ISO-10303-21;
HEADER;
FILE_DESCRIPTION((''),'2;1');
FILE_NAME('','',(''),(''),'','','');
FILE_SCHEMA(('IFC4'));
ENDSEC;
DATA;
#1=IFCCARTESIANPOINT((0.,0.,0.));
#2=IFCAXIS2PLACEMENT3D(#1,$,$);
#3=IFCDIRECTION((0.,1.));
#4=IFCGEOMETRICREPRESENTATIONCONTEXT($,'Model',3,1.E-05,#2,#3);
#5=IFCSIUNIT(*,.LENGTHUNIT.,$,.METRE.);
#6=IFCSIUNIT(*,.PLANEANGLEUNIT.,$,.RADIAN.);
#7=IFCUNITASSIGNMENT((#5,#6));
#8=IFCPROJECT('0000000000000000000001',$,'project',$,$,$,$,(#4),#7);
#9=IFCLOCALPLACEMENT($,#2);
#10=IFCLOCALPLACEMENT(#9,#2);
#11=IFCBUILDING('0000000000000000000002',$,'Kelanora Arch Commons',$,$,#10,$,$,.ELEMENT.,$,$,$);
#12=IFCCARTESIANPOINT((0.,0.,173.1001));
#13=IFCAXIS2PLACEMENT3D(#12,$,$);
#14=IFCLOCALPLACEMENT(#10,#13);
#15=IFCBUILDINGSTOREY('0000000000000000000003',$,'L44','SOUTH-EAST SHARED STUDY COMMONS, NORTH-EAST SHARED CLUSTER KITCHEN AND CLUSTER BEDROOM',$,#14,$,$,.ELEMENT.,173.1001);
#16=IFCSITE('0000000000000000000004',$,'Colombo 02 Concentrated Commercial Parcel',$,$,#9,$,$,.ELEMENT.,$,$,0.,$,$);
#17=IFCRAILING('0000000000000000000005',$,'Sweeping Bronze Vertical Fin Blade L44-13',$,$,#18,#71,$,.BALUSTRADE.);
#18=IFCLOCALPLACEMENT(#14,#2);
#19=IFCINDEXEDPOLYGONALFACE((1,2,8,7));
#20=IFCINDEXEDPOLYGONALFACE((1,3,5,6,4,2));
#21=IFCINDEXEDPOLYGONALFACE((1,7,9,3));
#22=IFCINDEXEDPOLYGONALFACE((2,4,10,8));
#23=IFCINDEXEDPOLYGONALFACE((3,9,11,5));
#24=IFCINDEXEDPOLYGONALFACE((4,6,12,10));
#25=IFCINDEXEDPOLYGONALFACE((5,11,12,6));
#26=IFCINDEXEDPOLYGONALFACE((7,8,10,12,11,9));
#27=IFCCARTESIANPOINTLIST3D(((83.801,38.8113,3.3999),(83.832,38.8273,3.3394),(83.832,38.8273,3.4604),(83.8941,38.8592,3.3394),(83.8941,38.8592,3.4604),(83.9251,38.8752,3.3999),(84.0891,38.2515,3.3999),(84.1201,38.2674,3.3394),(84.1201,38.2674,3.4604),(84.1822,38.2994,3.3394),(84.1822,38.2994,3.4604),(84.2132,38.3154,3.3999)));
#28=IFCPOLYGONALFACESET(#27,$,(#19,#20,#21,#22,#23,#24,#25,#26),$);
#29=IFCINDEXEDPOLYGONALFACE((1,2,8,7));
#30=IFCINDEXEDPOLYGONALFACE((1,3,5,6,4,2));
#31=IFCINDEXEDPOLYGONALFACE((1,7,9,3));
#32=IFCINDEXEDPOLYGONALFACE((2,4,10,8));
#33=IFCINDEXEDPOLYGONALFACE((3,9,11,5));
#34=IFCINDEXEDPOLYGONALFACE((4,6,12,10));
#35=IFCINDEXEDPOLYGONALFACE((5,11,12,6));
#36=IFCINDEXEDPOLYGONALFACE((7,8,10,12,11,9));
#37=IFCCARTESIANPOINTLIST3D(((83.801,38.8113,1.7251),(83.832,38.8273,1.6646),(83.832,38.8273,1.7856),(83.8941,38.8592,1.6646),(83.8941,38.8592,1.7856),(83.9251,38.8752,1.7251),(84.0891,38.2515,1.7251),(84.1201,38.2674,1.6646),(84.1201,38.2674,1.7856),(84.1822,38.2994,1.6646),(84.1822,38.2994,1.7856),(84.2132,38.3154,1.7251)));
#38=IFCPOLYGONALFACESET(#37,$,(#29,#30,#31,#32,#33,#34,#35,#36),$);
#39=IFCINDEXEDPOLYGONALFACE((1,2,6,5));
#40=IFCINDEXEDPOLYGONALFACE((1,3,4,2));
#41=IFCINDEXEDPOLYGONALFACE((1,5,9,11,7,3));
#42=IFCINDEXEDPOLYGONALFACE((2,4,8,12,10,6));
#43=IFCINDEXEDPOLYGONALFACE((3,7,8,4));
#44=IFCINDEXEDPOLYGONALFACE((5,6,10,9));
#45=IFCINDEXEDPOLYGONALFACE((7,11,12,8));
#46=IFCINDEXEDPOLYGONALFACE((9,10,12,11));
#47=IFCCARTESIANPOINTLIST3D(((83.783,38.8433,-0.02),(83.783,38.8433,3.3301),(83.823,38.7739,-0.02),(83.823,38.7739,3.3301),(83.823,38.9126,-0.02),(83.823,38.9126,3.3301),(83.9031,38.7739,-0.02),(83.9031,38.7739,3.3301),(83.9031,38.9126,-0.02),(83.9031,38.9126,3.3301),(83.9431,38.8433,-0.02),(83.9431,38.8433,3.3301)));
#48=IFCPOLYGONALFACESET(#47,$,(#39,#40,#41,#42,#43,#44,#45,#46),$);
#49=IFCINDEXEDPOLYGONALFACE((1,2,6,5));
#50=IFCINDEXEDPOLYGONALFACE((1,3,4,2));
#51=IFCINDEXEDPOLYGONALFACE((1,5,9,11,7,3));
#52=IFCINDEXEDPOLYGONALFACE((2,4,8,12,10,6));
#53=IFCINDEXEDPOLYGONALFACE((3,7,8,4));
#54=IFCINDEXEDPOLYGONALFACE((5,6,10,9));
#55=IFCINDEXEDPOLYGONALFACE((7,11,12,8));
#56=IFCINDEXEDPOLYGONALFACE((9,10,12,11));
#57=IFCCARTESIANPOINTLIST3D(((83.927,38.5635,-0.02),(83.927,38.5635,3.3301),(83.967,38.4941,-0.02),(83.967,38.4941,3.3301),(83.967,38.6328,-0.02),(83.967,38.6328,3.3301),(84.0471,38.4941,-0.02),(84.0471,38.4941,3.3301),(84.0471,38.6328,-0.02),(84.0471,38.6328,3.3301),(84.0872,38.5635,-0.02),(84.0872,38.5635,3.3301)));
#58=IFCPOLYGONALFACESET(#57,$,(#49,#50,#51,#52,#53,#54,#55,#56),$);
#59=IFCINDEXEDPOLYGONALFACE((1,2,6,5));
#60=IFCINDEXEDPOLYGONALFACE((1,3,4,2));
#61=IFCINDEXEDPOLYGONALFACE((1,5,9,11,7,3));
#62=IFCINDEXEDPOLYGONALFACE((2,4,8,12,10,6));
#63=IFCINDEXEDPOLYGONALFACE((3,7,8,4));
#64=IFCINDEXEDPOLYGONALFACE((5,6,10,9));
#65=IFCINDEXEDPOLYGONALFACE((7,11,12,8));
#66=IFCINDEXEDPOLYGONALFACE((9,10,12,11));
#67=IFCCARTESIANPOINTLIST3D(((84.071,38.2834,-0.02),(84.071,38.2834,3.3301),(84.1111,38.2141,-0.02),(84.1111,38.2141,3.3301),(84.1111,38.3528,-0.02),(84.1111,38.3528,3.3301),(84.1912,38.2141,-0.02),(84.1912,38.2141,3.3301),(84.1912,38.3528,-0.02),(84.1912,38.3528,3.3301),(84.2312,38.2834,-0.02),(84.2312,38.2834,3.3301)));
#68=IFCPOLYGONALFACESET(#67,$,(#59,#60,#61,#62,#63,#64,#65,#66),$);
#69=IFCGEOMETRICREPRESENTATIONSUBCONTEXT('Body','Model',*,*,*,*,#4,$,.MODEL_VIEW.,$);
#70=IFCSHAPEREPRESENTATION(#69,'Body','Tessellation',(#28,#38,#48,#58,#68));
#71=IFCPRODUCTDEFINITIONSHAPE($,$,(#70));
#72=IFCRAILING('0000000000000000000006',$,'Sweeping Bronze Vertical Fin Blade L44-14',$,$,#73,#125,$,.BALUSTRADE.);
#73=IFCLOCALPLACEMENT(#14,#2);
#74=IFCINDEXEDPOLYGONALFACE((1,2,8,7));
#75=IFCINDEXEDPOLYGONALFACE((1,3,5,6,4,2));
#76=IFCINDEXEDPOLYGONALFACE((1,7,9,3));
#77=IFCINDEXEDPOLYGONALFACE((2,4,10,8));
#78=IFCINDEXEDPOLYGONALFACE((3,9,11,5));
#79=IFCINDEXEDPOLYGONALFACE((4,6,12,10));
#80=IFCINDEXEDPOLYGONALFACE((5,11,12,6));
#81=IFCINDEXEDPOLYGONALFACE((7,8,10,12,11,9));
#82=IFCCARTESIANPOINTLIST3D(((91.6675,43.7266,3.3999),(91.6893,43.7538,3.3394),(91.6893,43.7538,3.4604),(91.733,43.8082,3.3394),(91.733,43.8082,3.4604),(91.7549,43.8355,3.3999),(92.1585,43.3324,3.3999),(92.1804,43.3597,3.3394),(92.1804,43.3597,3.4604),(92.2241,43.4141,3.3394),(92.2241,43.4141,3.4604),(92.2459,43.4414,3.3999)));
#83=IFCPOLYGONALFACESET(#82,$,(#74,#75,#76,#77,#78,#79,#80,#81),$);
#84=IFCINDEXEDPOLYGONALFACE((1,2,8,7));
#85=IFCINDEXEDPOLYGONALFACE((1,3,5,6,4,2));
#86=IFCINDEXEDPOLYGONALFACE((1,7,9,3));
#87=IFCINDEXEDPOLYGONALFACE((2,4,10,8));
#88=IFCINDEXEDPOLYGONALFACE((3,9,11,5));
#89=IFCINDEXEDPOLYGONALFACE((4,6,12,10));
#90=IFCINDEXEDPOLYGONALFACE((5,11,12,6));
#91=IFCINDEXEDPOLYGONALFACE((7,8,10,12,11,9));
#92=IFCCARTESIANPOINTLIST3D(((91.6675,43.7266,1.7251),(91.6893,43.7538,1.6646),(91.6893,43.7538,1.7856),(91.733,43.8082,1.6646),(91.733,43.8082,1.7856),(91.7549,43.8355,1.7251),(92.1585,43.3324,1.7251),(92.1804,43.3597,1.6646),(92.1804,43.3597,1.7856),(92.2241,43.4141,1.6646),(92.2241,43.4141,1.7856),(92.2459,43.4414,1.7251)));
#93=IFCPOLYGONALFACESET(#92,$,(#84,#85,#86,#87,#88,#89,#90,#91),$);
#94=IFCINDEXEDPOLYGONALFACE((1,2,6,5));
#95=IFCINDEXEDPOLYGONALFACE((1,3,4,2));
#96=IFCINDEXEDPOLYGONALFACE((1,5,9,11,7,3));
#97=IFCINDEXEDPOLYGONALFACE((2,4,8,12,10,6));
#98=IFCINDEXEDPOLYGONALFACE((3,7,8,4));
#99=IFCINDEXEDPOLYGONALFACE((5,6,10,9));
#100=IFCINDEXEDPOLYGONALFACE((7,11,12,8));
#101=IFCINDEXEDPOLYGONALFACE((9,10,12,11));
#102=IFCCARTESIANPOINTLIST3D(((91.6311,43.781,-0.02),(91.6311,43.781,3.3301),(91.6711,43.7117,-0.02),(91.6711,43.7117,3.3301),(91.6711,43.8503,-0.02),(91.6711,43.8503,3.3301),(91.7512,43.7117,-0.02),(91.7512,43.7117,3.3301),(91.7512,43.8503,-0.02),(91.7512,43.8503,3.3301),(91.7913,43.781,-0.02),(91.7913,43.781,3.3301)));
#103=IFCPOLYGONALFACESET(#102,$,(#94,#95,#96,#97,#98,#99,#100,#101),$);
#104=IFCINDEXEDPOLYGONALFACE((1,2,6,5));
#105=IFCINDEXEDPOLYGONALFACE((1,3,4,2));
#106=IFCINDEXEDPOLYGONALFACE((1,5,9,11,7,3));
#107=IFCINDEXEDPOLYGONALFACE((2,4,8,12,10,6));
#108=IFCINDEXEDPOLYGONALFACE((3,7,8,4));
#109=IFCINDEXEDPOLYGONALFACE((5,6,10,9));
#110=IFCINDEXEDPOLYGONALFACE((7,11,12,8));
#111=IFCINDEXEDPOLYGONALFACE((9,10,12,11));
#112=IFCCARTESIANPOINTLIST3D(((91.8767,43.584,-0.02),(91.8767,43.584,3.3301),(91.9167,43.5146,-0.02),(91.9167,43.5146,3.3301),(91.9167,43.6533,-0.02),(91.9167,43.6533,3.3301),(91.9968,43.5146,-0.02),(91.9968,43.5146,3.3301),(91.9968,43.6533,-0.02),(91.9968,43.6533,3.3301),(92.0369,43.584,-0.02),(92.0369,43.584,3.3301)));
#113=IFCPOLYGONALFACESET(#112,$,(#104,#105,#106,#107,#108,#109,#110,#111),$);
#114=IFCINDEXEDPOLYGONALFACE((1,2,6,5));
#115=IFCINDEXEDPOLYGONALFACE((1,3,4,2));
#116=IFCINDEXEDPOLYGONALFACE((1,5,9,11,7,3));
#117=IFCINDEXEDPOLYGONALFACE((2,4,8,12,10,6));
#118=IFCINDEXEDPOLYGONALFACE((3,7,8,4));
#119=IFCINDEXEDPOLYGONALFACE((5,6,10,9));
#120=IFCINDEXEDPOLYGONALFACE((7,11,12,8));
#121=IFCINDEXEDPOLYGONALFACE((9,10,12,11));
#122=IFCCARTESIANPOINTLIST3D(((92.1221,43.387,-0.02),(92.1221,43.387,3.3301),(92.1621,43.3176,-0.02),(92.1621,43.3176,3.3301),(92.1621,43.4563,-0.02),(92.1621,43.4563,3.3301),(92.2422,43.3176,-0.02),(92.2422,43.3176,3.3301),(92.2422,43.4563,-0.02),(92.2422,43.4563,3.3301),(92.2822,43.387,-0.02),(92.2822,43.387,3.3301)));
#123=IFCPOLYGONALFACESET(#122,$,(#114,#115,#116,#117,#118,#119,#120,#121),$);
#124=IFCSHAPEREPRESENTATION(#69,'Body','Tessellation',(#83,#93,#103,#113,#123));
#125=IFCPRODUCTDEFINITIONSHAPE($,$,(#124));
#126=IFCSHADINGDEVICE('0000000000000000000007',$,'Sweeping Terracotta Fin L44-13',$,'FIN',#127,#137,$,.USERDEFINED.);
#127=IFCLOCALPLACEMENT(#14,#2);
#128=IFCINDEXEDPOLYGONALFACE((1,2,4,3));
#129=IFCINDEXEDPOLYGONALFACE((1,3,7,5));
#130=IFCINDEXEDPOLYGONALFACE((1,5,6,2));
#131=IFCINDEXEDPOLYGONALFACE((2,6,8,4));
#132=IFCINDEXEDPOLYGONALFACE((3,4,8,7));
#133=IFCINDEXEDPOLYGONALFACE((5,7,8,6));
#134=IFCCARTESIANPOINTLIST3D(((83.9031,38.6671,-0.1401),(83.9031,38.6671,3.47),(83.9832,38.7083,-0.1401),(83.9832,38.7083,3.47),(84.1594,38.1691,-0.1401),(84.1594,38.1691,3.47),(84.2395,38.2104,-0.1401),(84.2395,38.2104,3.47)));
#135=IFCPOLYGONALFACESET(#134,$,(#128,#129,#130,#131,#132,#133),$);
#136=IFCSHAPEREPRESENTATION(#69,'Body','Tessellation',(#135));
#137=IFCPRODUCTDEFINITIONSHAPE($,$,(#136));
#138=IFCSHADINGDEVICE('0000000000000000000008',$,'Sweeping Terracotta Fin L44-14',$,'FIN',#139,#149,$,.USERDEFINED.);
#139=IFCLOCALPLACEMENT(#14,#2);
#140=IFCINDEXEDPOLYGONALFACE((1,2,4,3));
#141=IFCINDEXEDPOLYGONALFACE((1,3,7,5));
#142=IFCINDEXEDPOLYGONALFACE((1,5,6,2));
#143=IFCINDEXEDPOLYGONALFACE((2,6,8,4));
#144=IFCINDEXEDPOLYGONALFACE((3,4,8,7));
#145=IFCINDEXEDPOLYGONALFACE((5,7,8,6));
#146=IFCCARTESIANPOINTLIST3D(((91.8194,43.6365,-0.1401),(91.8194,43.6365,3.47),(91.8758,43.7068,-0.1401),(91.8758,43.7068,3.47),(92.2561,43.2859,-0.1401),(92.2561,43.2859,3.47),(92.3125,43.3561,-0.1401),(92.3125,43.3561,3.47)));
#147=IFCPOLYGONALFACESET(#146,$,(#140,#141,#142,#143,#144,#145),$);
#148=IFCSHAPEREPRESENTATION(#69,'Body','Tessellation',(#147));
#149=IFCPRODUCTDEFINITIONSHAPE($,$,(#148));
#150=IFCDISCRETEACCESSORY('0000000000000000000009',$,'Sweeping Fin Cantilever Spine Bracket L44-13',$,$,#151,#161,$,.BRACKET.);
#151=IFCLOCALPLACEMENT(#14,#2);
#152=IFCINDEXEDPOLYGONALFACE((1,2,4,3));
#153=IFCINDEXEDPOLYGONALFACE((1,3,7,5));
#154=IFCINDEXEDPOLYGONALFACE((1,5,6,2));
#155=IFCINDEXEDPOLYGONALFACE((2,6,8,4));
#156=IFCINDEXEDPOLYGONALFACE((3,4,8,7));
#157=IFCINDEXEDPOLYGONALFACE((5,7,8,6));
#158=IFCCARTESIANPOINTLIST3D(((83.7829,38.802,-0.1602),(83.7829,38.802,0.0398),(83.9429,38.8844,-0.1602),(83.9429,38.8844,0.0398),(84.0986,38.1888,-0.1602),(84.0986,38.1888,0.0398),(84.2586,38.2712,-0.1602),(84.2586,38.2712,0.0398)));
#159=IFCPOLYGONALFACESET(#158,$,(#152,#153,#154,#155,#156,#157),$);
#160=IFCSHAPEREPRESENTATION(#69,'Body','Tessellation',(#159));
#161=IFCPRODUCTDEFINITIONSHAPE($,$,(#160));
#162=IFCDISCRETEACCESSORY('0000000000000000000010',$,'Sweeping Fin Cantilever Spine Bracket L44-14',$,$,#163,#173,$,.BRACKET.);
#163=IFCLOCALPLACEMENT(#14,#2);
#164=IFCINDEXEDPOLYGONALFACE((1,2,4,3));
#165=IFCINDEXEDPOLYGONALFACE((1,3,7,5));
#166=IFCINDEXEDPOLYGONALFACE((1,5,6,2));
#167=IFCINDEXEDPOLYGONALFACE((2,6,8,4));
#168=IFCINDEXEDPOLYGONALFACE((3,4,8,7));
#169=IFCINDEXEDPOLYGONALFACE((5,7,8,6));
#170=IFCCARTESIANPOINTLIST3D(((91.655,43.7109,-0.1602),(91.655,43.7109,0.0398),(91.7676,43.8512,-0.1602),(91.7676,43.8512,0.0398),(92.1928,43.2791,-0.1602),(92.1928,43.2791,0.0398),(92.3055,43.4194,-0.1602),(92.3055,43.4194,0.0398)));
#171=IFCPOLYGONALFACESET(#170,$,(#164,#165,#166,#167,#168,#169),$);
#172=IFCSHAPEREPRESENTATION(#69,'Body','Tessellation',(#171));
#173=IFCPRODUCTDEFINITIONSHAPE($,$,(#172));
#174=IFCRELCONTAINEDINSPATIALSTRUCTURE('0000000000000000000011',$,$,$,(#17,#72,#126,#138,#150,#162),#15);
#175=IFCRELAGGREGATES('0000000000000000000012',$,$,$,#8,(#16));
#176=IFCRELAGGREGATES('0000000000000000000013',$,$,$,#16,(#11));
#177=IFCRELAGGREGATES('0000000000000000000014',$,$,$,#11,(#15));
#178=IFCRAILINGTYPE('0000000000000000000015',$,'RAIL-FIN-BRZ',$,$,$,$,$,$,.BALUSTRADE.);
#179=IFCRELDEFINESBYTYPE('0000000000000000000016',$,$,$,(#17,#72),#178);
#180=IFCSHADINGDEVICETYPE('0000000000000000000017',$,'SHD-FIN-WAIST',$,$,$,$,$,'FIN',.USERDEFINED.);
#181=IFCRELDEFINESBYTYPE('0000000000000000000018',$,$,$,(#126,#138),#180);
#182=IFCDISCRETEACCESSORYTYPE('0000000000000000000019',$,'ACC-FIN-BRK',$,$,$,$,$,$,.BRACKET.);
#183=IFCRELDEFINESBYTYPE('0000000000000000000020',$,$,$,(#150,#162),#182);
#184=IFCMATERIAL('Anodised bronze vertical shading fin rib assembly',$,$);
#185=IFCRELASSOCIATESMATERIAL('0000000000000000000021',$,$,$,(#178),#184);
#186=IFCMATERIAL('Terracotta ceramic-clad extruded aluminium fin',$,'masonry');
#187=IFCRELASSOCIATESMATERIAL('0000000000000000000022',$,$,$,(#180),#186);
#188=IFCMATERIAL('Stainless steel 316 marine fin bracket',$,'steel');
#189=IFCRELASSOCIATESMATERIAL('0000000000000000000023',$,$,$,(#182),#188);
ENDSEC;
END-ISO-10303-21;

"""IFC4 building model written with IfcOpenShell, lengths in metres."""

from ifc_helpers import new_model, si_unit, direction, frame, origin, origin_2d, place, context, subcontext, project, spatial, polyline, rectangle, outline, extrude, source, transform, mapped, material, type_object, element, save


model = new_model("IFC4")

# Units and contexts
model_context = context("Model", 3, precision=1e-05, world=origin(), true_north=direction((0.0, 1.0)))
body_context = subcontext(model_context, "Body", "Model", "MODEL_VIEW")
ifc_project = project(units=[si_unit("LENGTHUNIT", "METRE"), si_unit("PLANEANGLEUNIT", "RADIAN")], contexts=[model_context])

# Site, building, storey
site_placement = place(None, origin())
site = spatial("IfcSite", under=ifc_project, at=site_placement, Name="Colombo 02 Concentrated Commercial Parcel", CompositionType="ELEMENT", RefElevation=0.0)
building_placement = place(site_placement, origin())
building = spatial("IfcBuilding", under=site, at=building_placement, Name="Kelanora Arch Commons", CompositionType="ELEMENT")
storey_placement = place(building_placement, frame((0.0, 0.0, 173.1001)))
storey = spatial("IfcBuildingStorey", under=building, at=storey_placement, Name="L44", Description="SOUTH-EAST SHARED STUDY COMMONS, NORTH-EAST SHARED CLUSTER KITCHEN AND CLUSTER BEDROOM", CompositionType="ELEMENT", Elevation=173.1001)

# Railings
ifc_material_1 = material(Name="Anodised bronze vertical shading fin rib assembly")
railing_type = type_object("IfcRailingType", Name="RAIL-FIN-BRZ", PredefinedType="BALUSTRADE", material=ifc_material_1)
railing_1_placement = place(storey_placement, frame((83.863, 38.8433, -0.02)))
element("IfcRailing", 1, at=railing_1_placement, inside=storey, type_object=railing_type, Name="Sweeping Bronze Vertical Fin Blade L44-13", PredefinedType="BALUSTRADE", context=body_context, shape_type="SweptSolid", body=[
    extrude(outline(polyline([(0.0698, 0.0), (0.0349, 0.0605), (-0.0349, 0.0605), (-0.0698, 0.0), (-0.0349, -0.0605), (0.0349, -0.0605), (0.0698, 0.0)])), frame((0.0, 0.0, 3.4199), z_axis=(0.457576, -0.889171, 0.0), x_axis=(0.889171, 0.457576, 0.0)), (0.0, 0.0, 1.0), 0.6296),
    extrude(outline(polyline([(0.0698, 0.0), (0.0349, 0.0605), (-0.0349, 0.0605), (-0.0698, 0.0), (-0.0349, -0.0605), (0.0349, -0.0605), (0.0698, 0.0)])), frame((0.0, 0.0, 1.7451), z_axis=(0.457576, -0.889171, 0.0), x_axis=(0.889171, 0.457576, 0.0)), (0.0, 0.0, 1.0), 0.6296),
    extrude(outline(polyline([(0.0801, 0.0), (0.04, 0.0693), (-0.04, 0.0693), (-0.0801, 0.0), (-0.04, -0.0693), (0.04, -0.0693), (0.0801, 0.0)])), origin(), (0.0, 0.0, 1.0), 3.3501),
    extrude(outline(polyline([(0.0801, 0.0), (0.04, 0.0693), (-0.04, 0.0693), (-0.0801, 0.0), (-0.04, -0.0693), (0.04, -0.0693), (0.0801, 0.0)])), frame((0.144, -0.2798, 0.0)), (0.0, 0.0, 1.0), 3.3501),
    extrude(outline(polyline([(0.0801, 0.0), (0.04, 0.0693), (-0.04, 0.0693), (-0.0801, 0.0), (-0.04, -0.0693), (0.04, -0.0693), (0.0801, 0.0)])), frame((0.2881, -0.5598, 0.0)), (0.0, 0.0, 1.0), 3.3501),
])
railing_2_placement = place(storey_placement, frame((91.7112, 43.781, -0.02)))
element("IfcRailing", 2, at=railing_2_placement, inside=storey, type_object=railing_type, Name="Sweeping Bronze Vertical Fin Blade L44-14", PredefinedType="BALUSTRADE", context=body_context, shape_type="SweptSolid", body=[
    extrude(outline(polyline([(0.0698, 0.0), (0.0349, 0.0605), (-0.0349, 0.0605), (-0.0698, 0.0), (-0.0349, -0.0605), (0.0349, -0.0605), (0.0698, 0.0)])), frame((0.0, 0.0, 3.4199), z_axis=(0.779884, -0.625924, 0.0), x_axis=(0.625924, 0.779884, 0.0)), (0.0, 0.0, 1.0), 0.6296),
    extrude(outline(polyline([(0.0698, 0.0), (0.0349, 0.0605), (-0.0349, 0.0605), (-0.0698, 0.0), (-0.0349, -0.0605), (0.0349, -0.0605), (0.0698, 0.0)])), frame((0.0, 0.0, 1.7451), z_axis=(0.779884, -0.625924, 0.0), x_axis=(0.625924, 0.779884, 0.0)), (0.0, 0.0, 1.0), 0.6296),
    extrude(outline(polyline([(0.0801, 0.0), (0.04, 0.0693), (-0.04, 0.0693), (-0.0801, 0.0), (-0.04, -0.0693), (0.04, -0.0693), (0.0801, 0.0)])), origin(), (0.0, 0.0, 1.0), 3.3501),
    extrude(outline(polyline([(0.0801, 0.0), (0.04, 0.0693), (-0.04, 0.0693), (-0.0801, 0.0), (-0.04, -0.0693), (0.04, -0.0693), (0.0801, 0.0)])), frame((0.2456, -0.197, 0.0)), (0.0, 0.0, 1.0), 3.3501),
    extrude(outline(polyline([(0.0801, 0.0), (0.04, 0.0693), (-0.04, 0.0693), (-0.0801, 0.0), (-0.04, -0.0693), (0.04, -0.0693), (0.0801, 0.0)])), frame((0.491, -0.394, 0.0)), (0.0, 0.0, 1.0), 3.3501),
])

# Shading devices
ifc_material_2 = material(Name="Terracotta ceramic-clad extruded aluminium fin", Category="masonry")
shading_device_type = type_object("IfcShadingDeviceType", Name="SHD-FIN-WAIST", ElementType="FIN", PredefinedType="USERDEFINED", material=ifc_material_2)
shared_shape_1 = source(origin(), body_context, "Body", "SweptSolid", [
    extrude(rectangle(XDim=0.5601, YDim=0.0901, at=origin_2d()), origin(), (0.0, 0.0, 1.0), 3.6101),
])
for number, where, z_axis, x_axis, name in (
    (3, (84.0713, 38.4387, -0.1401), (0.0, 0.0, 1.0), (0.457719, -0.889097, 0.0), "Sweeping Terracotta Fin L44-13"),
    (4, (92.0659, 43.4963, -0.1401), (0.0, 0.0, 1.0), (0.779775, -0.62606, 0.0), "Sweeping Terracotta Fin L44-14"),
):
    element("IfcShadingDevice", number, at=place(storey_placement, frame(where, z_axis=z_axis, x_axis=x_axis)), inside=storey, type_object=shading_device_type, Name=name, ObjectType="FIN", PredefinedType="USERDEFINED", context=body_context, shape_type="MappedRepresentation", body=[
        mapped(shared_shape_1, transform((0.0, 0.0, 0.0), scale=1.0)),
    ])

# Discrete accessories
ifc_material_3 = material(Name="Stainless steel 316 marine fin bracket", Category="steel")
discrete_accessory_type = type_object("IfcDiscreteAccessoryType", Name="ACC-FIN-BRK", PredefinedType="BRACKET", material=ifc_material_3)
shared_shape_2 = source(origin(), body_context, "Body", "SweptSolid", [
    extrude(rectangle(XDim=0.6897, YDim=0.1799, at=origin_2d()), origin(), (0.0, 0.0, 1.0), 0.2),
])
for number, where, z_axis, x_axis, name in (
    (5, (84.0208, 38.5366, -0.1602), (0.0, 0.0, 1.0), (0.457719, -0.889097, 0.0), "Sweeping Fin Cantilever Spine Bracket L44-13"),
    (6, (91.9802, 43.5652, -0.1602), (0.0, 0.0, 1.0), (0.779775, -0.62606, 0.0), "Sweeping Fin Cantilever Spine Bracket L44-14"),
):
    element("IfcDiscreteAccessory", number, at=place(storey_placement, frame(where, z_axis=z_axis, x_axis=x_axis)), inside=storey, type_object=discrete_accessory_type, Name=name, PredefinedType="BRACKET", context=body_context, shape_type="MappedRepresentation", body=[
        mapped(shared_shape_2, transform((0.0, 0.0, 0.0), scale=1.0)),
    ])

save(model, "model.ifc")
